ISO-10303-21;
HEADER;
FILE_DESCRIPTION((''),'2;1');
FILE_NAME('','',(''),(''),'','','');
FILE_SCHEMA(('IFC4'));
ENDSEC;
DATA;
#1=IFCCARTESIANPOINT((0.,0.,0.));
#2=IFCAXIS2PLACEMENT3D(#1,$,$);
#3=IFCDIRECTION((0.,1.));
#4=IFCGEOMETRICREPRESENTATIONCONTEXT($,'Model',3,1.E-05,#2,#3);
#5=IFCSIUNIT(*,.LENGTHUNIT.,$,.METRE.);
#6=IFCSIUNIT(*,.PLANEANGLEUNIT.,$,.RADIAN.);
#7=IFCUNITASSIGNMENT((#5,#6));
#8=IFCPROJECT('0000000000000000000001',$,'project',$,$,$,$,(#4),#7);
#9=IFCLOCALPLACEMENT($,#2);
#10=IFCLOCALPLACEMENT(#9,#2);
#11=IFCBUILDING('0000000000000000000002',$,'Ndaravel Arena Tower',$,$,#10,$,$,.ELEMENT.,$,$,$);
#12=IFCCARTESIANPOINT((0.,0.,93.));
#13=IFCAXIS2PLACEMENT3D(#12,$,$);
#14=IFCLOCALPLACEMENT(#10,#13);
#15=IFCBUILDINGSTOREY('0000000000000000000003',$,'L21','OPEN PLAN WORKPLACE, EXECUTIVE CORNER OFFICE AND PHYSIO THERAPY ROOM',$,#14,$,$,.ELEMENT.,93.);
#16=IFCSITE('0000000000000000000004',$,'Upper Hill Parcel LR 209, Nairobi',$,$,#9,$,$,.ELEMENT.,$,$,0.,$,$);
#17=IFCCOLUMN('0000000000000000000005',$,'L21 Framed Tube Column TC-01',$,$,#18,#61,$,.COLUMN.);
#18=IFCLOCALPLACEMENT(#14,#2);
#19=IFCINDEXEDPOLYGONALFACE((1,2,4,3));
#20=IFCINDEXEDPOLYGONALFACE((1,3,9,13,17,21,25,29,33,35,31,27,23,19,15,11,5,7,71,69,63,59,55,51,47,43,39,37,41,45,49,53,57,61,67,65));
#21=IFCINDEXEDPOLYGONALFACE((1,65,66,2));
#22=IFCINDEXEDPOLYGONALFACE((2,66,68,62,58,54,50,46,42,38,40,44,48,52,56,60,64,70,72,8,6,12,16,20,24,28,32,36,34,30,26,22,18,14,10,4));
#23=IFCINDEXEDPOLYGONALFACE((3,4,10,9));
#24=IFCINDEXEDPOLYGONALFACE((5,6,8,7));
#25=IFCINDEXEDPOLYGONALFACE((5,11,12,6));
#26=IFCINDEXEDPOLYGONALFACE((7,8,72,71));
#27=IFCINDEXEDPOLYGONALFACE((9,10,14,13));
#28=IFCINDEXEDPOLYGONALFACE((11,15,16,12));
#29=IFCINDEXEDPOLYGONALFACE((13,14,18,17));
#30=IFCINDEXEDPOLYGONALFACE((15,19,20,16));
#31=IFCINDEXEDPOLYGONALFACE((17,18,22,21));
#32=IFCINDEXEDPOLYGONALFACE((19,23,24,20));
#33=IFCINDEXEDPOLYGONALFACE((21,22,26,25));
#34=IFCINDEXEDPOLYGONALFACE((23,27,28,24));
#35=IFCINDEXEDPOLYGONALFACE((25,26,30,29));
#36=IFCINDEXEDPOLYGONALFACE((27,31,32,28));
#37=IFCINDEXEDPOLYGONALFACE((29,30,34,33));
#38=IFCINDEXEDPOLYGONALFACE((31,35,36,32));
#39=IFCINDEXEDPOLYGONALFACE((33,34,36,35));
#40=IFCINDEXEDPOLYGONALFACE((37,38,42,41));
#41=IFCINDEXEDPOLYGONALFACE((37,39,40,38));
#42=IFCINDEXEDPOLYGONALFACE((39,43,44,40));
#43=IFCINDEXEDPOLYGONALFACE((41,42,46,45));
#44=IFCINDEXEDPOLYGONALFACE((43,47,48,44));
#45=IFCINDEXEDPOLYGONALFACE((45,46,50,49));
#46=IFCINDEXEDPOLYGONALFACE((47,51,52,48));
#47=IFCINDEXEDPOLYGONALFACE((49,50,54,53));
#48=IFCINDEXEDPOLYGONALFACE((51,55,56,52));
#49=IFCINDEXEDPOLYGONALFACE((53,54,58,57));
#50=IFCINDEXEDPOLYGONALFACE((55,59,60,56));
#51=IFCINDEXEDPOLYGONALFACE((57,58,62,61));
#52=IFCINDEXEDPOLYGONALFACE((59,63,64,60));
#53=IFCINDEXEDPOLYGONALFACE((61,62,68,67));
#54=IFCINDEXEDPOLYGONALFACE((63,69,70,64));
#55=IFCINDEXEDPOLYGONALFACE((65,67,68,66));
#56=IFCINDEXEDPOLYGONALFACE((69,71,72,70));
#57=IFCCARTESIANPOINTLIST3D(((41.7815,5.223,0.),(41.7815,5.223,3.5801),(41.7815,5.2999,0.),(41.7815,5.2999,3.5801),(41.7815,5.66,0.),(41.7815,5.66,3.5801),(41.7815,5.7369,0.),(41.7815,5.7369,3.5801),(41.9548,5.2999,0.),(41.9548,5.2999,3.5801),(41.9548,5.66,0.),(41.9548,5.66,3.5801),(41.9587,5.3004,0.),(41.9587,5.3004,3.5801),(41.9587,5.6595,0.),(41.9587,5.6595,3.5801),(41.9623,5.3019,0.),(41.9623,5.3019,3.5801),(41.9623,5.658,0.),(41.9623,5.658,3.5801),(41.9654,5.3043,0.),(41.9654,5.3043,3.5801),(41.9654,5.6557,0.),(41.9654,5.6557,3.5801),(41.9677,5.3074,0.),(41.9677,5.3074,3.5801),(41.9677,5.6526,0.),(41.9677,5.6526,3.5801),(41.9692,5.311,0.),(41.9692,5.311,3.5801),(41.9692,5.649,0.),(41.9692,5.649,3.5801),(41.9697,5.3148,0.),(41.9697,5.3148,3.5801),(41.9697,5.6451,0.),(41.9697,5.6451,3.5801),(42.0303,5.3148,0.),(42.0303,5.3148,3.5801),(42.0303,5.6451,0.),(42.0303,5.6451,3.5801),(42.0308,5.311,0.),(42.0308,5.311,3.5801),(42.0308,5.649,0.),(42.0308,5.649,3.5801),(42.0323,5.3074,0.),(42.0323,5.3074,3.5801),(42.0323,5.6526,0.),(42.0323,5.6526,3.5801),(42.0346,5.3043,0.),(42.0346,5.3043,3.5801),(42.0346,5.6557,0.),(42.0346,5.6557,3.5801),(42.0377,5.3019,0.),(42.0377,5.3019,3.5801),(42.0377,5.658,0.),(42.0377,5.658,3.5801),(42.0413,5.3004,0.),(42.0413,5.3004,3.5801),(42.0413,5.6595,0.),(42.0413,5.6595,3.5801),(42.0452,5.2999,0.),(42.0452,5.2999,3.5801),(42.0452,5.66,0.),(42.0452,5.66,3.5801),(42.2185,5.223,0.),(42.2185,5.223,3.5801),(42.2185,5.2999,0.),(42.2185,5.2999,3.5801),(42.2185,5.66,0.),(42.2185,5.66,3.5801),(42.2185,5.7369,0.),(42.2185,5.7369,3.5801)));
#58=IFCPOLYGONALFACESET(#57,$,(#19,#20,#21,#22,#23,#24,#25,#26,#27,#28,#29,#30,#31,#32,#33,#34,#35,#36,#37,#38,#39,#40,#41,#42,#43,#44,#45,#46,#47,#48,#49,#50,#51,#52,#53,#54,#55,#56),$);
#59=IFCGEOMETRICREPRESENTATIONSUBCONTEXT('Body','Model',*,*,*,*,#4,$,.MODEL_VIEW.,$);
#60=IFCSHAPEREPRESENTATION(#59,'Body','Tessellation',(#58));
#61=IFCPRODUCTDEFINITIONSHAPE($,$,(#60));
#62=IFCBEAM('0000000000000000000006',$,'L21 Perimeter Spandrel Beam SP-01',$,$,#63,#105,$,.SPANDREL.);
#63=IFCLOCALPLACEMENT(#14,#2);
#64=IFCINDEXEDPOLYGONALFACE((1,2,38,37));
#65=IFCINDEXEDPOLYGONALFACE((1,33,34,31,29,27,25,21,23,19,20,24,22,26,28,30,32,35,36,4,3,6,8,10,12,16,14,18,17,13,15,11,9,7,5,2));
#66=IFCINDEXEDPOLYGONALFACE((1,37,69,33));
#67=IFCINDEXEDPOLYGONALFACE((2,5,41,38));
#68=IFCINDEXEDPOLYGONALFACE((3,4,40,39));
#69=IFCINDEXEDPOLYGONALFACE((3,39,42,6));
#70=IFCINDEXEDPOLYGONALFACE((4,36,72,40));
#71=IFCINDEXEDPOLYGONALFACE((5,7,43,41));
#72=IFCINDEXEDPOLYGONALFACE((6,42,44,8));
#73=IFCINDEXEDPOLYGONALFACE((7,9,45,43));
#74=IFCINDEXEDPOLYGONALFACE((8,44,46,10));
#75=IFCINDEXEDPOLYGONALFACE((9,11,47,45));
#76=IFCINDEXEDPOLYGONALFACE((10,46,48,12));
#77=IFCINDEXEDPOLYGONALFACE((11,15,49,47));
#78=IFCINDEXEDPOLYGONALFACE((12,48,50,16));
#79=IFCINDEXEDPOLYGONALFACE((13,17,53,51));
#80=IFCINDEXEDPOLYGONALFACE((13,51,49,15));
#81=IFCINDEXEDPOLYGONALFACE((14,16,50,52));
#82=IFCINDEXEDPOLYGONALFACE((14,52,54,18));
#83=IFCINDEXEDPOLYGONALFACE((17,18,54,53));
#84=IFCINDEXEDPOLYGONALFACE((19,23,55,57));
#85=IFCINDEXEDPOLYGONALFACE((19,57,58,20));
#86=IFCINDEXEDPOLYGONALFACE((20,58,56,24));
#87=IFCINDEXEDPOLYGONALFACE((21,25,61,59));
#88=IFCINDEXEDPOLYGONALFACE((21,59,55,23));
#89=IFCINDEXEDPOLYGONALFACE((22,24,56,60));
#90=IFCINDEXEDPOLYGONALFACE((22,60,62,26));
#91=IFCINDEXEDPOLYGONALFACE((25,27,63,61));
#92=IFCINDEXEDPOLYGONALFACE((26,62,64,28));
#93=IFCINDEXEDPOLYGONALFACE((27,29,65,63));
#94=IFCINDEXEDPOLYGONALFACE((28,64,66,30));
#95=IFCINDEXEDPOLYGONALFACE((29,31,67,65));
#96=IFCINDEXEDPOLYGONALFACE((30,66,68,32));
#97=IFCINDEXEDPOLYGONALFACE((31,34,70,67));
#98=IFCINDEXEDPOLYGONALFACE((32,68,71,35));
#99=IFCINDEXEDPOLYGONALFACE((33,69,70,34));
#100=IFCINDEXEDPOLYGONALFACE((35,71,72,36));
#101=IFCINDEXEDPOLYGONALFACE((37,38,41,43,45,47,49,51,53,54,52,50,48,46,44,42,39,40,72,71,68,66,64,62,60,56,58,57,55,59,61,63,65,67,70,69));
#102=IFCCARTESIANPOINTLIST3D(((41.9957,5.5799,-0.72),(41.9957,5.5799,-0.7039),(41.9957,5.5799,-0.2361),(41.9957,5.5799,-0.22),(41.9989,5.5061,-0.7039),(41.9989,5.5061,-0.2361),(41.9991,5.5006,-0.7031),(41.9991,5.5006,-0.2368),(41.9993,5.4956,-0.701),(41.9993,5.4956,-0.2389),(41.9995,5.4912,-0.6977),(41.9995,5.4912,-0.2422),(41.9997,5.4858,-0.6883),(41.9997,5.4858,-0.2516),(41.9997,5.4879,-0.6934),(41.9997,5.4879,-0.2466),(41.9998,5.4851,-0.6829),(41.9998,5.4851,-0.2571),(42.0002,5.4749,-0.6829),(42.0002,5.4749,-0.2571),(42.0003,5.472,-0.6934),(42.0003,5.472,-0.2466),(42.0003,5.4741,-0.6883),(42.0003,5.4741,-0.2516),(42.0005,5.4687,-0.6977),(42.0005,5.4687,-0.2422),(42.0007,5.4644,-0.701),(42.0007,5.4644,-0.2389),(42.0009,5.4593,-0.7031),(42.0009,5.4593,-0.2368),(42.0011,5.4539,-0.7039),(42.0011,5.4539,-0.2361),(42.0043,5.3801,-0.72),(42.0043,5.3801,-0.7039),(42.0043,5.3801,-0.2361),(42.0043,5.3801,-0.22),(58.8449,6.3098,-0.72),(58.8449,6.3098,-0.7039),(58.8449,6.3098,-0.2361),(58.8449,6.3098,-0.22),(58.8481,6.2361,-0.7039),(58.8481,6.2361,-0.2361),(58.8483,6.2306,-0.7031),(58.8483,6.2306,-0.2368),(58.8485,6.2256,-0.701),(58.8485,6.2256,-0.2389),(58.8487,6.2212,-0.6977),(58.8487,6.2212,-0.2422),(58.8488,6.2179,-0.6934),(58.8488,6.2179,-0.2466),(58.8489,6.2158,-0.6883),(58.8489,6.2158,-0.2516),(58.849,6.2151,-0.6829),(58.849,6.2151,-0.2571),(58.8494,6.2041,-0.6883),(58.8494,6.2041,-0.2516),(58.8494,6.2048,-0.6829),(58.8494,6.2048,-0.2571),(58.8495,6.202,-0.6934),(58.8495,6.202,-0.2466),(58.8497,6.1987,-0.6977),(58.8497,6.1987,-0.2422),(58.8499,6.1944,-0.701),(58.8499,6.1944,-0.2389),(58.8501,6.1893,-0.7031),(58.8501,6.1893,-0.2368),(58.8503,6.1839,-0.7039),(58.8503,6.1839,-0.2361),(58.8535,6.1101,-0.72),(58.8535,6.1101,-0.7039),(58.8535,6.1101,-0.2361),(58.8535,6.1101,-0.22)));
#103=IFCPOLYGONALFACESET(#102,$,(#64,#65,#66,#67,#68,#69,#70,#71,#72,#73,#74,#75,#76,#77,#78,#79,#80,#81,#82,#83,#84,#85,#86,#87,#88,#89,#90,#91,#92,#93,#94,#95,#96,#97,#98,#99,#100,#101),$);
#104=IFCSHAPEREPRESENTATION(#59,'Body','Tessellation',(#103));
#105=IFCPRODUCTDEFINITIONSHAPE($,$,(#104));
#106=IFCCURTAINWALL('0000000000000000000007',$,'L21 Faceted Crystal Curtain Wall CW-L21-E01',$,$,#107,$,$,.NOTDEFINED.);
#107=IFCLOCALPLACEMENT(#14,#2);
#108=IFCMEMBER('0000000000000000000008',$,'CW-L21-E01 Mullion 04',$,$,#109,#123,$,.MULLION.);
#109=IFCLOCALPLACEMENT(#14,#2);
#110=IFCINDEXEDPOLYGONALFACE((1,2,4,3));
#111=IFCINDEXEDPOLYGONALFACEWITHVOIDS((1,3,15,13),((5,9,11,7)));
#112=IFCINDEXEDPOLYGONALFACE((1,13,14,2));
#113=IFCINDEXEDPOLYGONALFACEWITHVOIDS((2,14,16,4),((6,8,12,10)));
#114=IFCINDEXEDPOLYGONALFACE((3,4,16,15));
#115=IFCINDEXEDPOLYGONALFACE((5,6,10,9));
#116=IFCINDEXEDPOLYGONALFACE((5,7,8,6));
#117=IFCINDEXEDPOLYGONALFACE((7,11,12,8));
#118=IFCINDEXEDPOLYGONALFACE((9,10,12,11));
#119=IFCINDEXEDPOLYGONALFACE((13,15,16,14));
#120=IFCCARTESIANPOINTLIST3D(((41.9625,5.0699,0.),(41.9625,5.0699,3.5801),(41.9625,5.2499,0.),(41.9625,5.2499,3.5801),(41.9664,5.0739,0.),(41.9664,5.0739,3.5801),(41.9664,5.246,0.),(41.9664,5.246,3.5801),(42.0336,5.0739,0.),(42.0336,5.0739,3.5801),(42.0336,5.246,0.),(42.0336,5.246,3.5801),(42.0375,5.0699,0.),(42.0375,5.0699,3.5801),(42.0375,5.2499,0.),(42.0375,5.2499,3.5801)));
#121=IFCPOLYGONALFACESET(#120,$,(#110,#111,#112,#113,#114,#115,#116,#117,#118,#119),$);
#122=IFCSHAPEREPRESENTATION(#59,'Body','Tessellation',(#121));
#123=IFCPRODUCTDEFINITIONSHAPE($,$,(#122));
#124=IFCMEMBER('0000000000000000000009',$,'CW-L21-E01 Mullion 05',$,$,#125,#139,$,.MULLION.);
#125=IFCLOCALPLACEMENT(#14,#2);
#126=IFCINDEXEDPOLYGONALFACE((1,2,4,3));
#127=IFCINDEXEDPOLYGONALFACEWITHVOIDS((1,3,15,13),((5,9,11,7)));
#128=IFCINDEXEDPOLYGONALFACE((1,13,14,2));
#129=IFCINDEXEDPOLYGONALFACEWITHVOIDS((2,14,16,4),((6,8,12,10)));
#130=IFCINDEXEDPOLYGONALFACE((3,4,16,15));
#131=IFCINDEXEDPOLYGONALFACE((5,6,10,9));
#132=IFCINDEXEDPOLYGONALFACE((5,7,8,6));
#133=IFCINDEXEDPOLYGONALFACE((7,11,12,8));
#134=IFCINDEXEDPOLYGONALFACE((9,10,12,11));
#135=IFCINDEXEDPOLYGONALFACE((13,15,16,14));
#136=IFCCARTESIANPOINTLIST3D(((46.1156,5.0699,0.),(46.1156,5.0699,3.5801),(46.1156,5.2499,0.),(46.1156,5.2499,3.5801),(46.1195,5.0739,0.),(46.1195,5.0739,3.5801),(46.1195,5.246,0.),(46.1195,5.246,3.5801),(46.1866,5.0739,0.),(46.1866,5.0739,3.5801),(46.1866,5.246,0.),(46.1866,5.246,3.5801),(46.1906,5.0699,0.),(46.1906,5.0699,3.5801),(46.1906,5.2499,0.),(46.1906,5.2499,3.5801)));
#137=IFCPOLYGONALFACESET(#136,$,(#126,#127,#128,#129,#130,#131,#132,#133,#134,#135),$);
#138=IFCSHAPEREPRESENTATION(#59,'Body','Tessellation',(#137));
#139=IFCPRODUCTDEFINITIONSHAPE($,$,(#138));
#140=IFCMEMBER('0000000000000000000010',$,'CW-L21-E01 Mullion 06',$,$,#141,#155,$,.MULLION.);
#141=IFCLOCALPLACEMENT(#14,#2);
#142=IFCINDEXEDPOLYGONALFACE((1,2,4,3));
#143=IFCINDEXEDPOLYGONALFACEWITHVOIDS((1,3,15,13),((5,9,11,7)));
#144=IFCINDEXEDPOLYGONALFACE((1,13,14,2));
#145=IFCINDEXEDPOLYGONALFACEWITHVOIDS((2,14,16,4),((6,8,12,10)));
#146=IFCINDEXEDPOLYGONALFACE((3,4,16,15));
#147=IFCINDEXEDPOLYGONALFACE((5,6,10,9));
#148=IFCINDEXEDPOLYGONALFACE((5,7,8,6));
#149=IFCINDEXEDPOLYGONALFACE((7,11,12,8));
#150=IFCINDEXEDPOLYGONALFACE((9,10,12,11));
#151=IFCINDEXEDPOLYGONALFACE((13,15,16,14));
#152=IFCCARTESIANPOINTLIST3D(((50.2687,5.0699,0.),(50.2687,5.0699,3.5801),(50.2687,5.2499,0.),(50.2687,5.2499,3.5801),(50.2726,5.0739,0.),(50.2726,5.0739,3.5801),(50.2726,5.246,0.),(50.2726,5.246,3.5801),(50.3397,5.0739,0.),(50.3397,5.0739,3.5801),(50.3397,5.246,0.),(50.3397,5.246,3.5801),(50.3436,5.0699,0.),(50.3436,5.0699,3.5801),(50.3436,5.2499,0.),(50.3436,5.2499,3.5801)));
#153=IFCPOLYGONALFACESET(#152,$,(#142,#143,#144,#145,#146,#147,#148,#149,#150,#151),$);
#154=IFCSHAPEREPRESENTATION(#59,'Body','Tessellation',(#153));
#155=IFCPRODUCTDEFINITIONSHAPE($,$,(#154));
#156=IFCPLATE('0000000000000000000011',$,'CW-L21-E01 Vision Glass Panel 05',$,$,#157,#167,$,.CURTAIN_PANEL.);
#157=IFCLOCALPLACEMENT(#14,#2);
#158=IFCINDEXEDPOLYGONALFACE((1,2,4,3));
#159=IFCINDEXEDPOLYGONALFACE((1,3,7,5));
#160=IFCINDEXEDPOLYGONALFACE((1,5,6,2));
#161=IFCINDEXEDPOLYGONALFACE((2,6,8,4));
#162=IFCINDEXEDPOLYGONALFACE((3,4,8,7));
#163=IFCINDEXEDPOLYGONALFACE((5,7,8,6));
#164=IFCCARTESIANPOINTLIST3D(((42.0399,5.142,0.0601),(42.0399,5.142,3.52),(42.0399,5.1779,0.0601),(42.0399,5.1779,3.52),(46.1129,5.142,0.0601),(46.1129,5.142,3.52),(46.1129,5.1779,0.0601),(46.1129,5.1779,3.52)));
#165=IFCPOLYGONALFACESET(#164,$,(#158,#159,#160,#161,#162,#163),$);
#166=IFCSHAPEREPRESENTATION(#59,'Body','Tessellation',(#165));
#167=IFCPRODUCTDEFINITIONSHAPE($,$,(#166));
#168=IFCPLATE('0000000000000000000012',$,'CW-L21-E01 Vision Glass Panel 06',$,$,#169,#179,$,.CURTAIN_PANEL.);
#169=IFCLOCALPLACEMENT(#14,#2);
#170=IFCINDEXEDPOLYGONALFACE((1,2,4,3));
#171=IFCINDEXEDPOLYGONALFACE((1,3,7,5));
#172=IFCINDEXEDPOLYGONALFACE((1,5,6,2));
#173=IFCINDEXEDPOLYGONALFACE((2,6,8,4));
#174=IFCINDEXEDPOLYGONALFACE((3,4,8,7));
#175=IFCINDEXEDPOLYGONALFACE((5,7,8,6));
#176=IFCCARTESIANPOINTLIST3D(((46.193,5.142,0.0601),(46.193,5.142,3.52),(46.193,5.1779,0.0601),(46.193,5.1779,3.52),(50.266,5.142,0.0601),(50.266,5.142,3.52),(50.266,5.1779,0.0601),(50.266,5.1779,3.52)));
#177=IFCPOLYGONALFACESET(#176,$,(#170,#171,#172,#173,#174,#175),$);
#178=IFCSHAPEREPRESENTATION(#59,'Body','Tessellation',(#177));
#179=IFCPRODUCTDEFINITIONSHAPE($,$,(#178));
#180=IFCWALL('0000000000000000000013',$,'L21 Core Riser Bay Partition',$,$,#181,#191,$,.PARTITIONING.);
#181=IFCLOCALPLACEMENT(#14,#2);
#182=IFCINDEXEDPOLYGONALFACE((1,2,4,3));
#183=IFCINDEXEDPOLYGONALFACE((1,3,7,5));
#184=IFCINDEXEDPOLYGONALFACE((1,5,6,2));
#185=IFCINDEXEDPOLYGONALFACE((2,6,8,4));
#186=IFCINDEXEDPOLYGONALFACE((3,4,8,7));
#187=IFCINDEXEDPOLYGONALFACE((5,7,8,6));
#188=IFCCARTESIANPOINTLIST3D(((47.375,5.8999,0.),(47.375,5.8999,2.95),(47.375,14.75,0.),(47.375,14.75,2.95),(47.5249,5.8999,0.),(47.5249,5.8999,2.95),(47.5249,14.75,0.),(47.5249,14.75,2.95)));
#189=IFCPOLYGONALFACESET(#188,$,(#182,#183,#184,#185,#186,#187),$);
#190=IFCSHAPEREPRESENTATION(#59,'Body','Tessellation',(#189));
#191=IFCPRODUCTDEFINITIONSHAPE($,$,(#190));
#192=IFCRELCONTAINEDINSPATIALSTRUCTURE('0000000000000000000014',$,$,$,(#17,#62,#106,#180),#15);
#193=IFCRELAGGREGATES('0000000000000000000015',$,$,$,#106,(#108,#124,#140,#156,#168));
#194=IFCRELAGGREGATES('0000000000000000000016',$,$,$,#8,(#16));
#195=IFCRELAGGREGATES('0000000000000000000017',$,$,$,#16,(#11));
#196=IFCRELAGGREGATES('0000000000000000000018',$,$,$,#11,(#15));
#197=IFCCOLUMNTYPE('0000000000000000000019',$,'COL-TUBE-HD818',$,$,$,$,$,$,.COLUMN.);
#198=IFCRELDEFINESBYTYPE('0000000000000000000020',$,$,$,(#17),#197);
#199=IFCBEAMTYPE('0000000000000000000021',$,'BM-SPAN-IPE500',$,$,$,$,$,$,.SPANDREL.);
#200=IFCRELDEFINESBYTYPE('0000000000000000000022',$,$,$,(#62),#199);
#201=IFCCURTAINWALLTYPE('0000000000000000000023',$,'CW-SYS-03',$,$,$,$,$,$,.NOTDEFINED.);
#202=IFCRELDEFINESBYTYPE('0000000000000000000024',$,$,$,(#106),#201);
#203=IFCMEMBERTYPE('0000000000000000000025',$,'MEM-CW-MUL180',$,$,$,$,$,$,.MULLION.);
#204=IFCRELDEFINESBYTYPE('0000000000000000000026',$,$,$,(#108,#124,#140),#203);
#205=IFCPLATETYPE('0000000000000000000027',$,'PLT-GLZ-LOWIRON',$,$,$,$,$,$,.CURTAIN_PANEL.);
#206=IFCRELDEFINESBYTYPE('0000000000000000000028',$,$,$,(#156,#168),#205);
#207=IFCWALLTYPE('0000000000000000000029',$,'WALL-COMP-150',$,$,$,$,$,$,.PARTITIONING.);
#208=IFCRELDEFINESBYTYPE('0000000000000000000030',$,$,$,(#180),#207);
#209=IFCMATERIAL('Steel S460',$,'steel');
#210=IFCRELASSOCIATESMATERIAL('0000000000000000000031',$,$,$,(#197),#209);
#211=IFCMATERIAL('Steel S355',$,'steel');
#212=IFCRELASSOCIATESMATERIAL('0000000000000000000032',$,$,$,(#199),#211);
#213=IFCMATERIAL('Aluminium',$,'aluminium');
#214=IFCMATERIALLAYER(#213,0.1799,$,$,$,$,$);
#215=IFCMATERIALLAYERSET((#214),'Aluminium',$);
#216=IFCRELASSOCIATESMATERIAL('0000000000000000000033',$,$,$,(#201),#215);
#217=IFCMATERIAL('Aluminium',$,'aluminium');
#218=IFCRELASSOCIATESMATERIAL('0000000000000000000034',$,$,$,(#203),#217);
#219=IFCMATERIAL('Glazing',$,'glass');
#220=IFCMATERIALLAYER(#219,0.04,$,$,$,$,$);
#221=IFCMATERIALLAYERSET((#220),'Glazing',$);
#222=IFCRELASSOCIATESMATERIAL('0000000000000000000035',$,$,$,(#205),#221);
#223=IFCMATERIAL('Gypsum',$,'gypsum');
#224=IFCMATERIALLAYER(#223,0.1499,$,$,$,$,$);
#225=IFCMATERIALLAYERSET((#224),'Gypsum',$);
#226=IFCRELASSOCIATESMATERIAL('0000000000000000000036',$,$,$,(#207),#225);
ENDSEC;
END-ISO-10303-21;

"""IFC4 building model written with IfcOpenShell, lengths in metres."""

from ifc_helpers import new_model, si_unit, direction, frame, frame_2d, origin, origin_2d, place, context, subcontext, project, spatial, rectangle, hollow_rectangle, i_section, extrude, material, layer, layer_set, material_profile, profile_set, type_object, element, aggregate, save


model = new_model("IFC4")

# Units and contexts
model_context = context("Model", 3, precision=1e-05, world=origin(), true_north=direction((0.0, 1.0)))
body_context = subcontext(model_context, "Body", "Model", "MODEL_VIEW")
ifc_project = project(units=[si_unit("LENGTHUNIT", "METRE"), si_unit("PLANEANGLEUNIT", "RADIAN")], contexts=[model_context])

# Site, building, storey
site_placement = place(None, origin())
site = spatial("IfcSite", under=ifc_project, at=site_placement, Name="Upper Hill Parcel LR 209, Nairobi", CompositionType="ELEMENT", RefElevation=0.0)
building_placement = place(site_placement, origin())
building = spatial("IfcBuilding", under=site, at=building_placement, Name="Ndaravel Arena Tower", CompositionType="ELEMENT")
storey_placement = place(building_placement, frame((0.0, 0.0, 93.0)))
storey = spatial("IfcBuildingStorey", under=building, at=storey_placement, Name="L21", Description="OPEN PLAN WORKPLACE, EXECUTIVE CORNER OFFICE AND PHYSIO THERAPY ROOM", CompositionType="ELEMENT", Elevation=93.0)

# Column
ifc_material_1 = material(Name="Steel S460", Category="steel")
ifc_material_profile_1 = material_profile(ifc_material_1, i_section(OverallWidth=0.437, OverallDepth=0.5139, WebThickness=0.0605, FlangeThickness=0.0769, FilletRadius=0.0149, at=origin_2d()), Name="HD 400x818")
ifc_profile_set_1 = profile_set([ifc_material_profile_1], Name="Steel S460")
column_type = type_object("IfcColumnType", Name="COL-TUBE-HD818", PredefinedType="COLUMN", material=ifc_profile_set_1)
column_placement = place(storey_placement, frame((42.0, 5.48, 0.0), z_axis=(0.0, 0.0, 1.0), x_axis=(1.0, 0.0, 0.0)))
element("IfcColumn", 1, at=column_placement, inside=storey, type_object=column_type, Name="L21 Framed Tube Column TC-01", PredefinedType="COLUMN", context=body_context, shape_type="SweptSolid", body=[
    extrude(i_section(OverallWidth=0.437, OverallDepth=0.5139, WebThickness=0.0605, FlangeThickness=0.0769, FilletRadius=0.0149, at=origin_2d()), origin(), (0.0, 0.0, 1.0), 3.5801),
])

# Beam
ifc_material_2 = material(Name="Steel S355", Category="steel")
ifc_material_profile_2 = material_profile(ifc_material_2, i_section(OverallWidth=0.2, OverallDepth=0.5, WebThickness=0.0103, FlangeThickness=0.0161, FilletRadius=0.021, at=origin_2d()), Name="IPE 500")
ifc_profile_set_2 = profile_set([ifc_material_profile_2], Name="Steel S355")
beam_type = type_object("IfcBeamType", Name="BM-SPAN-IPE500", PredefinedType="SPANDREL", material=ifc_profile_set_2)
beam_placement = place(storey_placement, frame((42.0, 5.48, -0.47), z_axis=(0.999063, 0.043284, 0.0), x_axis=(-0.043284, 0.999063, 0.0)))
element("IfcBeam", 2, at=beam_placement, inside=storey, type_object=beam_type, Name="L21 Perimeter Spandrel Beam SP-01", PredefinedType="SPANDREL", context=body_context, shape_type="SweptSolid", body=[
    extrude(i_section(OverallWidth=0.2, OverallDepth=0.5, WebThickness=0.0103, FlangeThickness=0.0161, FilletRadius=0.021, at=origin_2d()), origin(), (0.0, 0.0, 1.0), 16.865),
])

# Curtain wall, members, plates
ifc_material_3 = material(Name="Aluminium", Category="aluminium")
ifc_layer_1 = layer(ifc_material_3, 0.1799)
ifc_layer_set_1 = layer_set([ifc_layer_1], Name="Aluminium")
curtain_wall_type = type_object("IfcCurtainWallType", Name="CW-SYS-03", PredefinedType="NOTDEFINED", material=ifc_layer_set_1)
curtain_wall_placement = place(storey_placement, origin())
curtain_wall = element("IfcCurtainWall", 3, at=curtain_wall_placement, inside=storey, type_object=curtain_wall_type, Name="L21 Faceted Crystal Curtain Wall CW-L21-E01", PredefinedType="NOTDEFINED")
ifc_material_4 = material(Name="Aluminium", Category="aluminium")
ifc_material_profile_3 = material_profile(ifc_material_4, hollow_rectangle(XDim=0.075, YDim=0.1799, WallThickness=0.0039, at=origin_2d()), Name="CW MULLION 75x180x4")
ifc_profile_set_3 = profile_set([ifc_material_profile_3], Name="Aluminium")
member_type = type_object("IfcMemberType", Name="MEM-CW-MUL180", PredefinedType="MULLION", material=ifc_profile_set_3)
member_1_placement = place(storey_placement, frame((42.0, 5.1599, 0.0), z_axis=(0.0, 0.0, 1.0), x_axis=(1.0, 0.0, 0.0)))
member_1 = element("IfcMember", 4, at=member_1_placement, type_object=member_type, Name="CW-L21-E01 Mullion 04", PredefinedType="MULLION", context=body_context, shape_type="SweptSolid", body=[
    extrude(hollow_rectangle(XDim=0.075, YDim=0.1799, WallThickness=0.0039, at=origin_2d()), origin(), (0.0, 0.0, 1.0), 3.5801),
])
member_2_placement = place(storey_placement, frame((46.1531, 5.1599, 0.0), z_axis=(0.0, 0.0, 1.0), x_axis=(1.0, 0.0, 0.0)))
member_2 = element("IfcMember", 5, at=member_2_placement, type_object=member_type, Name="CW-L21-E01 Mullion 05", PredefinedType="MULLION", context=body_context, shape_type="SweptSolid", body=[
    extrude(hollow_rectangle(XDim=0.075, YDim=0.1799, WallThickness=0.0039, at=origin_2d()), origin(), (0.0, 0.0, 1.0), 3.5801),
])
member_3_placement = place(storey_placement, frame((50.3062, 5.1599, 0.0), z_axis=(0.0, 0.0, 1.0), x_axis=(1.0, 0.0, 0.0)))
member_3 = element("IfcMember", 6, at=member_3_placement, type_object=member_type, Name="CW-L21-E01 Mullion 06", PredefinedType="MULLION", context=body_context, shape_type="SweptSolid", body=[
    extrude(hollow_rectangle(XDim=0.075, YDim=0.1799, WallThickness=0.0039, at=origin_2d()), origin(), (0.0, 0.0, 1.0), 3.5801),
])
ifc_material_5 = material(Name="Glazing", Category="glass")
ifc_layer_2 = layer(ifc_material_5, 0.04)
ifc_layer_set_2 = layer_set([ifc_layer_2], Name="Glazing")
plate_type = type_object("IfcPlateType", Name="PLT-GLZ-LOWIRON", PredefinedType="CURTAIN_PANEL", material=ifc_layer_set_2)
plate_1_placement = place(storey_placement, frame((44.0764, 5.1599, 0.0601), z_axis=(0.0, 0.0, 1.0), x_axis=(1.0, 0.0, 0.0)))
plate_1 = element("IfcPlate", 7, at=plate_1_placement, type_object=plate_type, Name="CW-L21-E01 Vision Glass Panel 05", PredefinedType="CURTAIN_PANEL", context=body_context, shape_type="SweptSolid", body=[
    extrude(rectangle(XDim=4.073, YDim=0.0359, at=origin_2d()), origin(), (0.0, 0.0, 1.0), 3.46),
])
plate_2_placement = place(storey_placement, frame((48.2295, 5.1599, 0.0601), z_axis=(0.0, 0.0, 1.0), x_axis=(1.0, 0.0, 0.0)))
plate_2 = element("IfcPlate", 8, at=plate_2_placement, type_object=plate_type, Name="CW-L21-E01 Vision Glass Panel 06", PredefinedType="CURTAIN_PANEL", context=body_context, shape_type="SweptSolid", body=[
    extrude(rectangle(XDim=4.073, YDim=0.0359, at=origin_2d()), origin(), (0.0, 0.0, 1.0), 3.46),
])
aggregate(curtain_wall, [member_1, member_2, member_3, plate_1, plate_2])

# Wall
ifc_material_6 = material(Name="Gypsum", Category="gypsum")
ifc_layer_3 = layer(ifc_material_6, 0.1499)
ifc_layer_set_3 = layer_set([ifc_layer_3], Name="Gypsum")
wall_type_1 = type_object("IfcWallType", Name="WALL-COMP-150", PredefinedType="PARTITIONING", material=ifc_layer_set_3)
wall_1_placement = place(storey_placement, frame((47.45, 5.8999, 0.0), z_axis=(0.0, 0.0, 1.0), x_axis=(0.0, 1.0, 0.0)))
element("IfcWall", 9, at=wall_1_placement, inside=storey, type_object=wall_type_1, Name="L21 Core Riser Bay Partition", PredefinedType="PARTITIONING", context=body_context, shape_type="SweptSolid", body=[
    extrude(rectangle(XDim=8.8501, YDim=0.1499, at=frame_2d((4.425, 0.0))), origin(), (0.0, 0.0, 1.0), 2.95),
])

save(model, "model.ifc")
